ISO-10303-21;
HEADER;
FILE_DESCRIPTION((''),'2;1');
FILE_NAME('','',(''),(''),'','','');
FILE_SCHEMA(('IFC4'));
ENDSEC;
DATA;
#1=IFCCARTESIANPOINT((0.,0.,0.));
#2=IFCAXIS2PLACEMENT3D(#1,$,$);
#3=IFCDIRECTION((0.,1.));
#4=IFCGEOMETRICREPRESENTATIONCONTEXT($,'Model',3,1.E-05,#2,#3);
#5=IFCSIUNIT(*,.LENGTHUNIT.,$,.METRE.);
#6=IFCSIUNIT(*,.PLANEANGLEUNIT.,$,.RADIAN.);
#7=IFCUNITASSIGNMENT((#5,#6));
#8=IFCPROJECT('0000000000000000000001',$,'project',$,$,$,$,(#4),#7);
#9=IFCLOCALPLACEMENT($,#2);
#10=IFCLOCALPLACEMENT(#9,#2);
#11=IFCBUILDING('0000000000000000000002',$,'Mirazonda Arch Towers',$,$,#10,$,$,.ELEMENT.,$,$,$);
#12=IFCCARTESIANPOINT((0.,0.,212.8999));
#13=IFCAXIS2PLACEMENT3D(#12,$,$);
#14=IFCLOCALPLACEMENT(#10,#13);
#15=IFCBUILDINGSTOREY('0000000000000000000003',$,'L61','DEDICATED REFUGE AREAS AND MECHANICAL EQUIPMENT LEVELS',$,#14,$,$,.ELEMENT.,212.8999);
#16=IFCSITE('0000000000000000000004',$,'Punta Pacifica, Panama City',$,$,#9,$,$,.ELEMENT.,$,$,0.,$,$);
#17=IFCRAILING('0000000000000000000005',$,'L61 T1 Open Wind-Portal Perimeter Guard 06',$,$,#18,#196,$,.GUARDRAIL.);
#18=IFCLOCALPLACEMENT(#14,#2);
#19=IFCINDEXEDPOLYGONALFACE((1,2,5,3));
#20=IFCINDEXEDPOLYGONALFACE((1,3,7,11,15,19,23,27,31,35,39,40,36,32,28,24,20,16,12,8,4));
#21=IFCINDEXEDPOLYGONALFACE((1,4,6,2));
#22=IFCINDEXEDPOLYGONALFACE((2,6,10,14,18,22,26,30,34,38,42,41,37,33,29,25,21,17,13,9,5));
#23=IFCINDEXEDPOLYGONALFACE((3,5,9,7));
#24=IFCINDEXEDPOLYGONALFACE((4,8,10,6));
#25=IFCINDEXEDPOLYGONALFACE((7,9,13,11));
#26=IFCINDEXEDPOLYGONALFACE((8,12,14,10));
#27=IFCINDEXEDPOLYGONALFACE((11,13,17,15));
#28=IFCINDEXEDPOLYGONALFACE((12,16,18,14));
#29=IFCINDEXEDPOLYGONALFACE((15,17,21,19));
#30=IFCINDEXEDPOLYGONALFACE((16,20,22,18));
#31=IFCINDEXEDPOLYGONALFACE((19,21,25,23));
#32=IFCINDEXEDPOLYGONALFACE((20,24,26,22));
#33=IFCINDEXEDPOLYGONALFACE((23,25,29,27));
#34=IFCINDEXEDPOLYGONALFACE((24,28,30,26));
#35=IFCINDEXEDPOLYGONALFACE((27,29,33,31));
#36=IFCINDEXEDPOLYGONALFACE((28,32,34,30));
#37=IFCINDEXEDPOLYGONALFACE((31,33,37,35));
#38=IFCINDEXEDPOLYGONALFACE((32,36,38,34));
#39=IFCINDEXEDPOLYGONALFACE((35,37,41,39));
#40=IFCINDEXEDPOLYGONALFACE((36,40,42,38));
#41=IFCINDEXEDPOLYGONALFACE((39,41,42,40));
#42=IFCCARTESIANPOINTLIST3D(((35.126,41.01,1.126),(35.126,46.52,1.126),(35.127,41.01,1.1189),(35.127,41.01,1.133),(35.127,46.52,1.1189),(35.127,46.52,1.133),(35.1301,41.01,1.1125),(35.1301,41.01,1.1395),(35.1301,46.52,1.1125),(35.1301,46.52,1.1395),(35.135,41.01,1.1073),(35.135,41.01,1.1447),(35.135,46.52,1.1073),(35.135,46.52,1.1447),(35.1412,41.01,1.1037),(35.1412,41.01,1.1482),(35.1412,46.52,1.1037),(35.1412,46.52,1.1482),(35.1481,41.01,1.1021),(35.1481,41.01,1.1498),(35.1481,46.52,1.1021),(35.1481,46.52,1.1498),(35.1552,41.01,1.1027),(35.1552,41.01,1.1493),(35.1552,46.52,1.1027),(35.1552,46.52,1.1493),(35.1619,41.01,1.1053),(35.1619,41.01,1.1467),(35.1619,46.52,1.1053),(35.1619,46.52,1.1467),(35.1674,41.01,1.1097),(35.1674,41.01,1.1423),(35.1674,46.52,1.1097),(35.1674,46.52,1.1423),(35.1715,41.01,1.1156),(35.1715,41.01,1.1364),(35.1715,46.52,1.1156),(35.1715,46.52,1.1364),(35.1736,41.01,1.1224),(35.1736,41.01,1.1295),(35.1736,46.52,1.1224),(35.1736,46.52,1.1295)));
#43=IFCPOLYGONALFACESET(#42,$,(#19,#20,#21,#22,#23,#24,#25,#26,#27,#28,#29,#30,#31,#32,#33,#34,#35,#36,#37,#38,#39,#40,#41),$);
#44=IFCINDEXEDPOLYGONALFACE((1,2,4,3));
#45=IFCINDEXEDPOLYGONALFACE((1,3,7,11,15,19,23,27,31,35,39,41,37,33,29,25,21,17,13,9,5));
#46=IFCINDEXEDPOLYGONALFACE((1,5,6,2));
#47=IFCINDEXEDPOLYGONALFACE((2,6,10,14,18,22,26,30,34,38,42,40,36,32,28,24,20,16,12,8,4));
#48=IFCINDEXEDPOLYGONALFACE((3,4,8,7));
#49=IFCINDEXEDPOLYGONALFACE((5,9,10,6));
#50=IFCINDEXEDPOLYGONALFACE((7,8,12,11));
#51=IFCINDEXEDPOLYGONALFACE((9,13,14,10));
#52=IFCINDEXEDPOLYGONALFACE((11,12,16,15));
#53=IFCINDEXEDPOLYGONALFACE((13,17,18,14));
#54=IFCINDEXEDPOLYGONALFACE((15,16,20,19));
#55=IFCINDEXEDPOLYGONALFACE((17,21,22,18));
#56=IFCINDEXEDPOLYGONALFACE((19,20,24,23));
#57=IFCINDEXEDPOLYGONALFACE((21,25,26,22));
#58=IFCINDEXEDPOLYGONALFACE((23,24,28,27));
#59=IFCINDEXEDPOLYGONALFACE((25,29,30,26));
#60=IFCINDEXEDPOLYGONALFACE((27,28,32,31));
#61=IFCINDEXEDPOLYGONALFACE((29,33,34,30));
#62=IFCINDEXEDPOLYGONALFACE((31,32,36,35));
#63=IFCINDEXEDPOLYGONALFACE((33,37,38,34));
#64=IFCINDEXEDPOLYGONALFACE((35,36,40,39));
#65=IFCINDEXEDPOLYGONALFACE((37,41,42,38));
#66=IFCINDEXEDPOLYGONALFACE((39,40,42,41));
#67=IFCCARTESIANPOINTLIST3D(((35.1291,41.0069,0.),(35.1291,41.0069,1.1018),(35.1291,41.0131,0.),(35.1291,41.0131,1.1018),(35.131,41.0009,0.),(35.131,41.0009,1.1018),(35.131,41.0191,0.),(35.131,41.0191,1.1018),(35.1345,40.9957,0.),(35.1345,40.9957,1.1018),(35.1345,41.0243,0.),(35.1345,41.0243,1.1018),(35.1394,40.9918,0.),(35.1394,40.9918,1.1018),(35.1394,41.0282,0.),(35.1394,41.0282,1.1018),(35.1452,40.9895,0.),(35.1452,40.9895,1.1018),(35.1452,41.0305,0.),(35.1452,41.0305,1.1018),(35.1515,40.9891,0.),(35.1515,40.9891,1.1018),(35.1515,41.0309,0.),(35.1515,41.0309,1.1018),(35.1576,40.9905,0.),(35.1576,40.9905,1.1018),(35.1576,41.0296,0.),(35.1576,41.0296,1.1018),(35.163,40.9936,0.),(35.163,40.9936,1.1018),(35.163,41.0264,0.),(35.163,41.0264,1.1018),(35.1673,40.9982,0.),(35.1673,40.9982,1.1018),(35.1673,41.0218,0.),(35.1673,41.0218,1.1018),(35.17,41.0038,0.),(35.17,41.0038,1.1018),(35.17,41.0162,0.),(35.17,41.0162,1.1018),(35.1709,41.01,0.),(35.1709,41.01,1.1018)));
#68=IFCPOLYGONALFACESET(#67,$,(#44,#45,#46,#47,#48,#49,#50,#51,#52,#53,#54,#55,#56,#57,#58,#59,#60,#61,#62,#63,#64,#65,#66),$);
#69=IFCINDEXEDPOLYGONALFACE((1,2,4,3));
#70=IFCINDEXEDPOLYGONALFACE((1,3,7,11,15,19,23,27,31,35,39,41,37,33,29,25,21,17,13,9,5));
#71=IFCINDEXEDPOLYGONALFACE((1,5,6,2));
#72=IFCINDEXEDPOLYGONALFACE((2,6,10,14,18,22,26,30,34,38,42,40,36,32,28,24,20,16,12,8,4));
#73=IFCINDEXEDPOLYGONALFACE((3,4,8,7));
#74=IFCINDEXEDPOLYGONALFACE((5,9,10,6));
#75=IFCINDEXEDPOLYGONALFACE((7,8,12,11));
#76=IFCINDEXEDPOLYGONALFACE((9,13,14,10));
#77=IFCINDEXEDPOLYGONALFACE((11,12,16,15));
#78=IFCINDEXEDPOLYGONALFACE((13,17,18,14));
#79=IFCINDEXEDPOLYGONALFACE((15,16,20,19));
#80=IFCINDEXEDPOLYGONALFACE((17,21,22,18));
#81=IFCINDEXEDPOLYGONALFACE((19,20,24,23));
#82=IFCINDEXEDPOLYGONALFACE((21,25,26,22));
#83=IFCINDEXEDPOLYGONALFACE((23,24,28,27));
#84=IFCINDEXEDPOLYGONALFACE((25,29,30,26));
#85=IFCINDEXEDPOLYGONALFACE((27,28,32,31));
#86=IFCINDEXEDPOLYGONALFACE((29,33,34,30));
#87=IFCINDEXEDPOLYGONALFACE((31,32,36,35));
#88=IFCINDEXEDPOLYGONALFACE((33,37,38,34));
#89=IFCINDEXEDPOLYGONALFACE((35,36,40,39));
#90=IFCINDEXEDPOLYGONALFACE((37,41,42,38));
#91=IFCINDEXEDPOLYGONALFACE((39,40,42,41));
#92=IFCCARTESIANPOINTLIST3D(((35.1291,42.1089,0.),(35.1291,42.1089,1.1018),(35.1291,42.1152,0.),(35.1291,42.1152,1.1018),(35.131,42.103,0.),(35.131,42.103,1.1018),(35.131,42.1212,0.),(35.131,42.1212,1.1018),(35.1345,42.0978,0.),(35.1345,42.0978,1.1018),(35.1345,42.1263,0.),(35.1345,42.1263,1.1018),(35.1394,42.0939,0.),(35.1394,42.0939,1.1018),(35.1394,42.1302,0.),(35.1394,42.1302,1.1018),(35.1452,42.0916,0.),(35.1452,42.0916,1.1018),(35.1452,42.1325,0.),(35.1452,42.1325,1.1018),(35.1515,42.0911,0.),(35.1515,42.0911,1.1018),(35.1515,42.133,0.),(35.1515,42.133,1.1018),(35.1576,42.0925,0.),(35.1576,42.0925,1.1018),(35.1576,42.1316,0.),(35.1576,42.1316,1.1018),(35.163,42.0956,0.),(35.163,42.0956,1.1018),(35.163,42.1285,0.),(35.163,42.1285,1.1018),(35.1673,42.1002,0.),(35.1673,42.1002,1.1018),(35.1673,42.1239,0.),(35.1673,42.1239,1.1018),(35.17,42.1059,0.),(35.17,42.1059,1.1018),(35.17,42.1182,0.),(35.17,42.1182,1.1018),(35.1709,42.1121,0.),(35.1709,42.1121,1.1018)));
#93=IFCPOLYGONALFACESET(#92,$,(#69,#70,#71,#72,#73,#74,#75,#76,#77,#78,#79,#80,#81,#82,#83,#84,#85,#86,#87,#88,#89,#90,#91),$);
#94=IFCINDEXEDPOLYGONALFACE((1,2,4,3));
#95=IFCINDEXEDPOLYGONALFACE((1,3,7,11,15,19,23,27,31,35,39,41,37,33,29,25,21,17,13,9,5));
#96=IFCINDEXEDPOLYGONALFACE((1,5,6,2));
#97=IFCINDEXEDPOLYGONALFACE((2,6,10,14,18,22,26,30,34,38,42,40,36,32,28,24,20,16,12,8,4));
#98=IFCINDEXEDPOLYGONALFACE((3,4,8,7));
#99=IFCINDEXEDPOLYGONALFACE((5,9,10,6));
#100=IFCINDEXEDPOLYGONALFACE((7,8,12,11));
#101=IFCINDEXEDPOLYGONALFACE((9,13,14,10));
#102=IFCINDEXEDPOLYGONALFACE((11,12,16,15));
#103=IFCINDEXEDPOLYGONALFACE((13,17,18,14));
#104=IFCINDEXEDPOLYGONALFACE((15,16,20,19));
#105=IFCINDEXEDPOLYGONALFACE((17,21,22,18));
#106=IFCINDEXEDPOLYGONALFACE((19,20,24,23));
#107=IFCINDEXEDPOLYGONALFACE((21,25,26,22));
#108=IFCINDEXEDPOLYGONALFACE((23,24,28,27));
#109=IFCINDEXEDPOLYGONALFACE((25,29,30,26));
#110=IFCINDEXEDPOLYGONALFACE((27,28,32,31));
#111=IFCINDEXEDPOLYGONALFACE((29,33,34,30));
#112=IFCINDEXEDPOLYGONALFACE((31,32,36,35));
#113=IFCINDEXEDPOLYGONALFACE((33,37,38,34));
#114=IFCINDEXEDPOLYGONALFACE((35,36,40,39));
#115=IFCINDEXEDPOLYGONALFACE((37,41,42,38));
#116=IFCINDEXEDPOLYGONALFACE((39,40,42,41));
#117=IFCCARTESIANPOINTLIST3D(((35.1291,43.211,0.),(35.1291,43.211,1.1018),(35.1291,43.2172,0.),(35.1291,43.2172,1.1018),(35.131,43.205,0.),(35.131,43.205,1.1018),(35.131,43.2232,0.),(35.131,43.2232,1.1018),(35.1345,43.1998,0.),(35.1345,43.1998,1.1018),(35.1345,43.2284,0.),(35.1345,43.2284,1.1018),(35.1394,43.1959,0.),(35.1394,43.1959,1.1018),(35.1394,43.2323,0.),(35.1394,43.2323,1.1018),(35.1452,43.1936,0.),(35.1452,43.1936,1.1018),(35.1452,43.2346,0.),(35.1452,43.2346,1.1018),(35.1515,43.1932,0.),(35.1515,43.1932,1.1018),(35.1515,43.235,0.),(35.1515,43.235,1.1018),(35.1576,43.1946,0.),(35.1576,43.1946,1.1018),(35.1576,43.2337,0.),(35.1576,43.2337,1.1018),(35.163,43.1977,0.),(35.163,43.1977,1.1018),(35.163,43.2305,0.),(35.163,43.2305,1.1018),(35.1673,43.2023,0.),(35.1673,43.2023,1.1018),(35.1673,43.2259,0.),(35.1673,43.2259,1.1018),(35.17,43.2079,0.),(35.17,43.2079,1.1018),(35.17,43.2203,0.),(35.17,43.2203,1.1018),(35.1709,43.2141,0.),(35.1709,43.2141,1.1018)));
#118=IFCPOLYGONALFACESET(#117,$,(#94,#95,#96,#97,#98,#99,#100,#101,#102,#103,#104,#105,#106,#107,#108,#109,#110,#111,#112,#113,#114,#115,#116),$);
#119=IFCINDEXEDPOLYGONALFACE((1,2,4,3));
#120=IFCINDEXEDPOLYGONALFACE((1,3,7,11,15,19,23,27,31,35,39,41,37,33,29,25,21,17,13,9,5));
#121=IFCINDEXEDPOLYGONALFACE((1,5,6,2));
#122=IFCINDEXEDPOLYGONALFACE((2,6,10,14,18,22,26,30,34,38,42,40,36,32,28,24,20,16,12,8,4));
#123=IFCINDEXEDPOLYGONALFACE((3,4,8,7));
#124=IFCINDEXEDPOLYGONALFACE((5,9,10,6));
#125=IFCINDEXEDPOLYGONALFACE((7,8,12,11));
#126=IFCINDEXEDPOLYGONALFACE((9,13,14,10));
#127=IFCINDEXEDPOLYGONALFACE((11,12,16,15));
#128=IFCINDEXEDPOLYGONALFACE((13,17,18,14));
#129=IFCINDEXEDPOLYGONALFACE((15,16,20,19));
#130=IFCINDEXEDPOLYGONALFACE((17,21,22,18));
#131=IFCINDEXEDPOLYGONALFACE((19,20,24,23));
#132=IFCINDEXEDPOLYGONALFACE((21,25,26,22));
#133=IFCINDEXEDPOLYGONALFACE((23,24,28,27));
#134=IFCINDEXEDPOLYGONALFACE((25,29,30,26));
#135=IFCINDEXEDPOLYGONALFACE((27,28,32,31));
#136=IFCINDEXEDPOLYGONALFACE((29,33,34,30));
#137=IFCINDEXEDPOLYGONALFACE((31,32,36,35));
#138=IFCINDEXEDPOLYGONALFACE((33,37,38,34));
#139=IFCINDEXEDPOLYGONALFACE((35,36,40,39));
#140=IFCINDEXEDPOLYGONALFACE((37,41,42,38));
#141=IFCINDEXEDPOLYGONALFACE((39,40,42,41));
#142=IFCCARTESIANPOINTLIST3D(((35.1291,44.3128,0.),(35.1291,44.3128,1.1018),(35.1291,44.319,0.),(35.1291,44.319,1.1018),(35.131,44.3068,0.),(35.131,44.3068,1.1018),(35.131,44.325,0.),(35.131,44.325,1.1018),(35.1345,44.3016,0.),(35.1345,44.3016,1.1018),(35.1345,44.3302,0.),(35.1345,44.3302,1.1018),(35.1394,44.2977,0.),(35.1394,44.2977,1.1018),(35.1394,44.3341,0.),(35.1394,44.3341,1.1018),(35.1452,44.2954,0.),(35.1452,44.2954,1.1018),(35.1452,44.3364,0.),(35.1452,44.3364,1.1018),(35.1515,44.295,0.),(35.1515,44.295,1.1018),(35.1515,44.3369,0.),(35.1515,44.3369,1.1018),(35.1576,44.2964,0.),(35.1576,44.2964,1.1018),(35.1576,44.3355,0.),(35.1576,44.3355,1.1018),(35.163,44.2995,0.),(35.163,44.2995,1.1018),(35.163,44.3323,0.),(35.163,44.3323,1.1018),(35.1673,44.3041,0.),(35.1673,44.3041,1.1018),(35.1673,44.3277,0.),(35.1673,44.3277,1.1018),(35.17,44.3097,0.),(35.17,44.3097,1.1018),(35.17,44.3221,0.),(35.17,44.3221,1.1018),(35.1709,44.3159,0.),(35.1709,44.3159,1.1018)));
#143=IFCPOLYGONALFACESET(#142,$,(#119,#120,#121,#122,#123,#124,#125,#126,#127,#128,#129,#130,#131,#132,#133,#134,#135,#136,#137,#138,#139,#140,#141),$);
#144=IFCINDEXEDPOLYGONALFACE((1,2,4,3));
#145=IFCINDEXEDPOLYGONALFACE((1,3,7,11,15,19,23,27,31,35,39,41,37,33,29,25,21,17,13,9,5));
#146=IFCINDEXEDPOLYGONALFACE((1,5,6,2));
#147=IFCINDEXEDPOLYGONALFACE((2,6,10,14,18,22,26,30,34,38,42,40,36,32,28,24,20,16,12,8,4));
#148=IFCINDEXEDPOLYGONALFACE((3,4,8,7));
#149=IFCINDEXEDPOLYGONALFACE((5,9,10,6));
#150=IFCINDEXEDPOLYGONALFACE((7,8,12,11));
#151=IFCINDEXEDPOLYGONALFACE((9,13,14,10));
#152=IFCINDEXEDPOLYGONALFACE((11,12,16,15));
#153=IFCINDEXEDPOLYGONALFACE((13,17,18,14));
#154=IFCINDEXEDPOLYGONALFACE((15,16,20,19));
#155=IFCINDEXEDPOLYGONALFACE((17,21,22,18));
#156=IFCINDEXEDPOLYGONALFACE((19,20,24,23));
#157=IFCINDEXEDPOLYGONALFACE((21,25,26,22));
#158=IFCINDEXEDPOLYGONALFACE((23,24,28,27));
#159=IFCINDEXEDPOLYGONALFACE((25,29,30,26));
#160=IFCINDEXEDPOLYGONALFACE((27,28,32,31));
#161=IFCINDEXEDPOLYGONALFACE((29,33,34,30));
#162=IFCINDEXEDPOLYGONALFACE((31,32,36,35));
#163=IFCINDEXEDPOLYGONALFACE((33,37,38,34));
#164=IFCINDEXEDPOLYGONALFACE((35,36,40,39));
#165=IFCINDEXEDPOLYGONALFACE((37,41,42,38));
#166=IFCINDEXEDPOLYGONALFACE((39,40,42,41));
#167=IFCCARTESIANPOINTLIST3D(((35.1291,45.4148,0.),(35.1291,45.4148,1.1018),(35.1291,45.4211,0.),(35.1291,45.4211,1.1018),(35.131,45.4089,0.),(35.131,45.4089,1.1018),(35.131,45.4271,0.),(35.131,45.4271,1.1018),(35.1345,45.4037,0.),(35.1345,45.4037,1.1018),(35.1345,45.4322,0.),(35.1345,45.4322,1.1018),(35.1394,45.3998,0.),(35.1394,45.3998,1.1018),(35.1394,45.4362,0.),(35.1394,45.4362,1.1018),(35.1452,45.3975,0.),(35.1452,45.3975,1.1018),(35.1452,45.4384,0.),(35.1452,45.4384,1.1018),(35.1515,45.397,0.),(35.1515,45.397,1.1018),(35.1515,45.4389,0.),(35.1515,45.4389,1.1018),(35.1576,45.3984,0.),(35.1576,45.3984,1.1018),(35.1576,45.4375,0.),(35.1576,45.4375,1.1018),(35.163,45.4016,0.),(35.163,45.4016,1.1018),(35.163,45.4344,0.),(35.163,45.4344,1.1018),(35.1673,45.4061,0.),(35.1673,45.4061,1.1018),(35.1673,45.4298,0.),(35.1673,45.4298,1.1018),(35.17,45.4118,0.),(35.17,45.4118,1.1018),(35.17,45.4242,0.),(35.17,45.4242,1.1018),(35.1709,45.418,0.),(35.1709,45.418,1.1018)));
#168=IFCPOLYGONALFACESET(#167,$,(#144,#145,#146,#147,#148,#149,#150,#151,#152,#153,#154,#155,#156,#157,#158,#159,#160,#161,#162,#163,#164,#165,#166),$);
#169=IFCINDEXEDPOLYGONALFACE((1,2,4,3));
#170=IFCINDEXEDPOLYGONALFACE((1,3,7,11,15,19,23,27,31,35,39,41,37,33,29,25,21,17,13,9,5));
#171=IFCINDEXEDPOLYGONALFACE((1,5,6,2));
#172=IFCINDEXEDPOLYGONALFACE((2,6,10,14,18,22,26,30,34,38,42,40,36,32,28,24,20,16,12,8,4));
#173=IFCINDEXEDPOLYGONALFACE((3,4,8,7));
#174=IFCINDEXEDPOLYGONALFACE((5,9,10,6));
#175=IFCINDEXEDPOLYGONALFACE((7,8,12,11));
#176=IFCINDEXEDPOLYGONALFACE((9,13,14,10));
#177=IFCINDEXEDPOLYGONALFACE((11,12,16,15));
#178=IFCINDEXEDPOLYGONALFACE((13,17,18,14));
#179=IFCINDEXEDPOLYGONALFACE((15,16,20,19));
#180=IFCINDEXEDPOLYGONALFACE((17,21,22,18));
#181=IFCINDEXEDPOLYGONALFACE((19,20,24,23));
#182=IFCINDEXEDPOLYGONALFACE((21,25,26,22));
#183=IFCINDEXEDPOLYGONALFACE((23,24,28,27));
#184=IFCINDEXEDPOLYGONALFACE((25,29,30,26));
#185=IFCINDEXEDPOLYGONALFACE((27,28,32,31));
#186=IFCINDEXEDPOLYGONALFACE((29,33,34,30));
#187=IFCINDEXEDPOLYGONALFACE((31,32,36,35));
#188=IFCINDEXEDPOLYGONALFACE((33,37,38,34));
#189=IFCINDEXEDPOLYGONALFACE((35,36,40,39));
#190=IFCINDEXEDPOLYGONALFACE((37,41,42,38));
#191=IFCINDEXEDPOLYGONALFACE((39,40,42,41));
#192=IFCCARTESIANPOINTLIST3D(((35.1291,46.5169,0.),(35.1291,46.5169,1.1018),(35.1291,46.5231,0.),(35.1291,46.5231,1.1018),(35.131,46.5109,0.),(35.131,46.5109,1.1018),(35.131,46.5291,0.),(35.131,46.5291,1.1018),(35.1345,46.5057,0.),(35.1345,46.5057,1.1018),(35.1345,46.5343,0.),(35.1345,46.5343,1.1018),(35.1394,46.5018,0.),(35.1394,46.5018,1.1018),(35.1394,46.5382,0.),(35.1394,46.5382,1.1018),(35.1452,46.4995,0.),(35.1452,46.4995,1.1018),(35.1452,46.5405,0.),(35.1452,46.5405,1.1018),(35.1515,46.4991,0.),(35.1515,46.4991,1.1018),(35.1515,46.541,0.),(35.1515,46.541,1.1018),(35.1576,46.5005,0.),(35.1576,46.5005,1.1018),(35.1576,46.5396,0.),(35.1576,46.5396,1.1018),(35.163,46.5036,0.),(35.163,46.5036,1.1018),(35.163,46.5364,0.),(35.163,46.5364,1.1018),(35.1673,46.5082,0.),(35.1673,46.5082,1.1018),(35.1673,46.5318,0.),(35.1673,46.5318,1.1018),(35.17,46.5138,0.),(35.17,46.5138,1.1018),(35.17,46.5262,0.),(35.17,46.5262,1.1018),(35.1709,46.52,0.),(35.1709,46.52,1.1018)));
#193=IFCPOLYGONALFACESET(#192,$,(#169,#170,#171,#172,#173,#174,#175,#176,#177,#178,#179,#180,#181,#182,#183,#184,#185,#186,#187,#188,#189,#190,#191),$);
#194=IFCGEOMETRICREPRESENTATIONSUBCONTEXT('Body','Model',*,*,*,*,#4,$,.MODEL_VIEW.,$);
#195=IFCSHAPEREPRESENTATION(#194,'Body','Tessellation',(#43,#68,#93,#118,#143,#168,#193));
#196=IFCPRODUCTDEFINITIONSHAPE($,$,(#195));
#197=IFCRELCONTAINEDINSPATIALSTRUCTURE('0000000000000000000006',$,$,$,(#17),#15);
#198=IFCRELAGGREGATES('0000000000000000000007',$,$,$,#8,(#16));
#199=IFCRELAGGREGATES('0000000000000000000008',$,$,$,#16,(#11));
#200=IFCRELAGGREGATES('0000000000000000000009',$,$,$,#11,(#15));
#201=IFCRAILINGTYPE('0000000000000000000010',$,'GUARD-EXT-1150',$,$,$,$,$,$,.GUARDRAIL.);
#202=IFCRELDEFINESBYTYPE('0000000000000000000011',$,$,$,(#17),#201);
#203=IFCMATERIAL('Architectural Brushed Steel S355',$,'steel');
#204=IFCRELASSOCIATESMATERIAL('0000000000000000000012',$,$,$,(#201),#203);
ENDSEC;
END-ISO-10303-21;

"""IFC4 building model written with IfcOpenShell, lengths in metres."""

from ifc_helpers import new_model, si_unit, direction, frame, origin, origin_2d, place, context, subcontext, project, spatial, circle, extrude, material, type_object, element, save


model = new_model("IFC4")

# Units and contexts
model_context = context("Model", 3, precision=1e-05, world=origin(), true_north=direction((0.0, 1.0)))
body_context = subcontext(model_context, "Body", "Model", "MODEL_VIEW")
ifc_project = project(units=[si_unit("LENGTHUNIT", "METRE"), si_unit("PLANEANGLEUNIT", "RADIAN")], contexts=[model_context])

# Site, building, storey
site_placement = place(None, origin())
site = spatial("IfcSite", under=ifc_project, at=site_placement, Name="Punta Pacifica, Panama City", CompositionType="ELEMENT", RefElevation=0.0)
building_placement = place(site_placement, origin())
building = spatial("IfcBuilding", under=site, at=building_placement, Name="Mirazonda Arch Towers", CompositionType="ELEMENT")
storey_placement = place(building_placement, frame((0.0, 0.0, 212.8999)))
storey = spatial("IfcBuildingStorey", under=building, at=storey_placement, Name="L61", Description="DEDICATED REFUGE AREAS AND MECHANICAL EQUIPMENT LEVELS", CompositionType="ELEMENT", Elevation=212.8999)

# Railing
ifc_material_1 = material(Name="Architectural Brushed Steel S355", Category="steel")
railing_type = type_object("IfcRailingType", Name="GUARD-EXT-1150", PredefinedType="GUARDRAIL", material=ifc_material_1)
railing_1_placement = place(storey_placement, frame((35.1499, 41.01, 0.0)))
element("IfcRailing", 1, at=railing_1_placement, inside=storey, type_object=railing_type, Name="L61 T1 Open Wind-Portal Perimeter Guard 06", PredefinedType="GUARDRAIL", context=body_context, shape_type="SweptSolid", body=[
    extrude(circle(Radius=0.0239, at=origin_2d()), frame((0.0, 0.0, 1.126), z_axis=(0.0, 1.0, 0.0), x_axis=(-1.0, 0.0, 0.0)), (0.0, 0.0, 1.0), 5.51),
    extrude(circle(Radius=0.021, at=origin_2d()), origin(), (0.0, 0.0, 1.0), 1.1018),
    extrude(circle(Radius=0.021, at=origin_2d()), frame((0.0, 1.1021, 0.0)), (0.0, 0.0, 1.0), 1.1018),
    extrude(circle(Radius=0.021, at=origin_2d()), frame((0.0, 2.2041, 0.0)), (0.0, 0.0, 1.0), 1.1018),
    extrude(circle(Radius=0.021, at=origin_2d()), frame((0.0, 3.3059, 0.0)), (0.0, 0.0, 1.0), 1.1018),
    extrude(circle(Radius=0.021, at=origin_2d()), frame((0.0, 4.408, 0.0)), (0.0, 0.0, 1.0), 1.1018),
    extrude(circle(Radius=0.021, at=origin_2d()), frame((0.0, 5.51, 0.0)), (0.0, 0.0, 1.0), 1.1018),
])

save(model, "model.ifc")
